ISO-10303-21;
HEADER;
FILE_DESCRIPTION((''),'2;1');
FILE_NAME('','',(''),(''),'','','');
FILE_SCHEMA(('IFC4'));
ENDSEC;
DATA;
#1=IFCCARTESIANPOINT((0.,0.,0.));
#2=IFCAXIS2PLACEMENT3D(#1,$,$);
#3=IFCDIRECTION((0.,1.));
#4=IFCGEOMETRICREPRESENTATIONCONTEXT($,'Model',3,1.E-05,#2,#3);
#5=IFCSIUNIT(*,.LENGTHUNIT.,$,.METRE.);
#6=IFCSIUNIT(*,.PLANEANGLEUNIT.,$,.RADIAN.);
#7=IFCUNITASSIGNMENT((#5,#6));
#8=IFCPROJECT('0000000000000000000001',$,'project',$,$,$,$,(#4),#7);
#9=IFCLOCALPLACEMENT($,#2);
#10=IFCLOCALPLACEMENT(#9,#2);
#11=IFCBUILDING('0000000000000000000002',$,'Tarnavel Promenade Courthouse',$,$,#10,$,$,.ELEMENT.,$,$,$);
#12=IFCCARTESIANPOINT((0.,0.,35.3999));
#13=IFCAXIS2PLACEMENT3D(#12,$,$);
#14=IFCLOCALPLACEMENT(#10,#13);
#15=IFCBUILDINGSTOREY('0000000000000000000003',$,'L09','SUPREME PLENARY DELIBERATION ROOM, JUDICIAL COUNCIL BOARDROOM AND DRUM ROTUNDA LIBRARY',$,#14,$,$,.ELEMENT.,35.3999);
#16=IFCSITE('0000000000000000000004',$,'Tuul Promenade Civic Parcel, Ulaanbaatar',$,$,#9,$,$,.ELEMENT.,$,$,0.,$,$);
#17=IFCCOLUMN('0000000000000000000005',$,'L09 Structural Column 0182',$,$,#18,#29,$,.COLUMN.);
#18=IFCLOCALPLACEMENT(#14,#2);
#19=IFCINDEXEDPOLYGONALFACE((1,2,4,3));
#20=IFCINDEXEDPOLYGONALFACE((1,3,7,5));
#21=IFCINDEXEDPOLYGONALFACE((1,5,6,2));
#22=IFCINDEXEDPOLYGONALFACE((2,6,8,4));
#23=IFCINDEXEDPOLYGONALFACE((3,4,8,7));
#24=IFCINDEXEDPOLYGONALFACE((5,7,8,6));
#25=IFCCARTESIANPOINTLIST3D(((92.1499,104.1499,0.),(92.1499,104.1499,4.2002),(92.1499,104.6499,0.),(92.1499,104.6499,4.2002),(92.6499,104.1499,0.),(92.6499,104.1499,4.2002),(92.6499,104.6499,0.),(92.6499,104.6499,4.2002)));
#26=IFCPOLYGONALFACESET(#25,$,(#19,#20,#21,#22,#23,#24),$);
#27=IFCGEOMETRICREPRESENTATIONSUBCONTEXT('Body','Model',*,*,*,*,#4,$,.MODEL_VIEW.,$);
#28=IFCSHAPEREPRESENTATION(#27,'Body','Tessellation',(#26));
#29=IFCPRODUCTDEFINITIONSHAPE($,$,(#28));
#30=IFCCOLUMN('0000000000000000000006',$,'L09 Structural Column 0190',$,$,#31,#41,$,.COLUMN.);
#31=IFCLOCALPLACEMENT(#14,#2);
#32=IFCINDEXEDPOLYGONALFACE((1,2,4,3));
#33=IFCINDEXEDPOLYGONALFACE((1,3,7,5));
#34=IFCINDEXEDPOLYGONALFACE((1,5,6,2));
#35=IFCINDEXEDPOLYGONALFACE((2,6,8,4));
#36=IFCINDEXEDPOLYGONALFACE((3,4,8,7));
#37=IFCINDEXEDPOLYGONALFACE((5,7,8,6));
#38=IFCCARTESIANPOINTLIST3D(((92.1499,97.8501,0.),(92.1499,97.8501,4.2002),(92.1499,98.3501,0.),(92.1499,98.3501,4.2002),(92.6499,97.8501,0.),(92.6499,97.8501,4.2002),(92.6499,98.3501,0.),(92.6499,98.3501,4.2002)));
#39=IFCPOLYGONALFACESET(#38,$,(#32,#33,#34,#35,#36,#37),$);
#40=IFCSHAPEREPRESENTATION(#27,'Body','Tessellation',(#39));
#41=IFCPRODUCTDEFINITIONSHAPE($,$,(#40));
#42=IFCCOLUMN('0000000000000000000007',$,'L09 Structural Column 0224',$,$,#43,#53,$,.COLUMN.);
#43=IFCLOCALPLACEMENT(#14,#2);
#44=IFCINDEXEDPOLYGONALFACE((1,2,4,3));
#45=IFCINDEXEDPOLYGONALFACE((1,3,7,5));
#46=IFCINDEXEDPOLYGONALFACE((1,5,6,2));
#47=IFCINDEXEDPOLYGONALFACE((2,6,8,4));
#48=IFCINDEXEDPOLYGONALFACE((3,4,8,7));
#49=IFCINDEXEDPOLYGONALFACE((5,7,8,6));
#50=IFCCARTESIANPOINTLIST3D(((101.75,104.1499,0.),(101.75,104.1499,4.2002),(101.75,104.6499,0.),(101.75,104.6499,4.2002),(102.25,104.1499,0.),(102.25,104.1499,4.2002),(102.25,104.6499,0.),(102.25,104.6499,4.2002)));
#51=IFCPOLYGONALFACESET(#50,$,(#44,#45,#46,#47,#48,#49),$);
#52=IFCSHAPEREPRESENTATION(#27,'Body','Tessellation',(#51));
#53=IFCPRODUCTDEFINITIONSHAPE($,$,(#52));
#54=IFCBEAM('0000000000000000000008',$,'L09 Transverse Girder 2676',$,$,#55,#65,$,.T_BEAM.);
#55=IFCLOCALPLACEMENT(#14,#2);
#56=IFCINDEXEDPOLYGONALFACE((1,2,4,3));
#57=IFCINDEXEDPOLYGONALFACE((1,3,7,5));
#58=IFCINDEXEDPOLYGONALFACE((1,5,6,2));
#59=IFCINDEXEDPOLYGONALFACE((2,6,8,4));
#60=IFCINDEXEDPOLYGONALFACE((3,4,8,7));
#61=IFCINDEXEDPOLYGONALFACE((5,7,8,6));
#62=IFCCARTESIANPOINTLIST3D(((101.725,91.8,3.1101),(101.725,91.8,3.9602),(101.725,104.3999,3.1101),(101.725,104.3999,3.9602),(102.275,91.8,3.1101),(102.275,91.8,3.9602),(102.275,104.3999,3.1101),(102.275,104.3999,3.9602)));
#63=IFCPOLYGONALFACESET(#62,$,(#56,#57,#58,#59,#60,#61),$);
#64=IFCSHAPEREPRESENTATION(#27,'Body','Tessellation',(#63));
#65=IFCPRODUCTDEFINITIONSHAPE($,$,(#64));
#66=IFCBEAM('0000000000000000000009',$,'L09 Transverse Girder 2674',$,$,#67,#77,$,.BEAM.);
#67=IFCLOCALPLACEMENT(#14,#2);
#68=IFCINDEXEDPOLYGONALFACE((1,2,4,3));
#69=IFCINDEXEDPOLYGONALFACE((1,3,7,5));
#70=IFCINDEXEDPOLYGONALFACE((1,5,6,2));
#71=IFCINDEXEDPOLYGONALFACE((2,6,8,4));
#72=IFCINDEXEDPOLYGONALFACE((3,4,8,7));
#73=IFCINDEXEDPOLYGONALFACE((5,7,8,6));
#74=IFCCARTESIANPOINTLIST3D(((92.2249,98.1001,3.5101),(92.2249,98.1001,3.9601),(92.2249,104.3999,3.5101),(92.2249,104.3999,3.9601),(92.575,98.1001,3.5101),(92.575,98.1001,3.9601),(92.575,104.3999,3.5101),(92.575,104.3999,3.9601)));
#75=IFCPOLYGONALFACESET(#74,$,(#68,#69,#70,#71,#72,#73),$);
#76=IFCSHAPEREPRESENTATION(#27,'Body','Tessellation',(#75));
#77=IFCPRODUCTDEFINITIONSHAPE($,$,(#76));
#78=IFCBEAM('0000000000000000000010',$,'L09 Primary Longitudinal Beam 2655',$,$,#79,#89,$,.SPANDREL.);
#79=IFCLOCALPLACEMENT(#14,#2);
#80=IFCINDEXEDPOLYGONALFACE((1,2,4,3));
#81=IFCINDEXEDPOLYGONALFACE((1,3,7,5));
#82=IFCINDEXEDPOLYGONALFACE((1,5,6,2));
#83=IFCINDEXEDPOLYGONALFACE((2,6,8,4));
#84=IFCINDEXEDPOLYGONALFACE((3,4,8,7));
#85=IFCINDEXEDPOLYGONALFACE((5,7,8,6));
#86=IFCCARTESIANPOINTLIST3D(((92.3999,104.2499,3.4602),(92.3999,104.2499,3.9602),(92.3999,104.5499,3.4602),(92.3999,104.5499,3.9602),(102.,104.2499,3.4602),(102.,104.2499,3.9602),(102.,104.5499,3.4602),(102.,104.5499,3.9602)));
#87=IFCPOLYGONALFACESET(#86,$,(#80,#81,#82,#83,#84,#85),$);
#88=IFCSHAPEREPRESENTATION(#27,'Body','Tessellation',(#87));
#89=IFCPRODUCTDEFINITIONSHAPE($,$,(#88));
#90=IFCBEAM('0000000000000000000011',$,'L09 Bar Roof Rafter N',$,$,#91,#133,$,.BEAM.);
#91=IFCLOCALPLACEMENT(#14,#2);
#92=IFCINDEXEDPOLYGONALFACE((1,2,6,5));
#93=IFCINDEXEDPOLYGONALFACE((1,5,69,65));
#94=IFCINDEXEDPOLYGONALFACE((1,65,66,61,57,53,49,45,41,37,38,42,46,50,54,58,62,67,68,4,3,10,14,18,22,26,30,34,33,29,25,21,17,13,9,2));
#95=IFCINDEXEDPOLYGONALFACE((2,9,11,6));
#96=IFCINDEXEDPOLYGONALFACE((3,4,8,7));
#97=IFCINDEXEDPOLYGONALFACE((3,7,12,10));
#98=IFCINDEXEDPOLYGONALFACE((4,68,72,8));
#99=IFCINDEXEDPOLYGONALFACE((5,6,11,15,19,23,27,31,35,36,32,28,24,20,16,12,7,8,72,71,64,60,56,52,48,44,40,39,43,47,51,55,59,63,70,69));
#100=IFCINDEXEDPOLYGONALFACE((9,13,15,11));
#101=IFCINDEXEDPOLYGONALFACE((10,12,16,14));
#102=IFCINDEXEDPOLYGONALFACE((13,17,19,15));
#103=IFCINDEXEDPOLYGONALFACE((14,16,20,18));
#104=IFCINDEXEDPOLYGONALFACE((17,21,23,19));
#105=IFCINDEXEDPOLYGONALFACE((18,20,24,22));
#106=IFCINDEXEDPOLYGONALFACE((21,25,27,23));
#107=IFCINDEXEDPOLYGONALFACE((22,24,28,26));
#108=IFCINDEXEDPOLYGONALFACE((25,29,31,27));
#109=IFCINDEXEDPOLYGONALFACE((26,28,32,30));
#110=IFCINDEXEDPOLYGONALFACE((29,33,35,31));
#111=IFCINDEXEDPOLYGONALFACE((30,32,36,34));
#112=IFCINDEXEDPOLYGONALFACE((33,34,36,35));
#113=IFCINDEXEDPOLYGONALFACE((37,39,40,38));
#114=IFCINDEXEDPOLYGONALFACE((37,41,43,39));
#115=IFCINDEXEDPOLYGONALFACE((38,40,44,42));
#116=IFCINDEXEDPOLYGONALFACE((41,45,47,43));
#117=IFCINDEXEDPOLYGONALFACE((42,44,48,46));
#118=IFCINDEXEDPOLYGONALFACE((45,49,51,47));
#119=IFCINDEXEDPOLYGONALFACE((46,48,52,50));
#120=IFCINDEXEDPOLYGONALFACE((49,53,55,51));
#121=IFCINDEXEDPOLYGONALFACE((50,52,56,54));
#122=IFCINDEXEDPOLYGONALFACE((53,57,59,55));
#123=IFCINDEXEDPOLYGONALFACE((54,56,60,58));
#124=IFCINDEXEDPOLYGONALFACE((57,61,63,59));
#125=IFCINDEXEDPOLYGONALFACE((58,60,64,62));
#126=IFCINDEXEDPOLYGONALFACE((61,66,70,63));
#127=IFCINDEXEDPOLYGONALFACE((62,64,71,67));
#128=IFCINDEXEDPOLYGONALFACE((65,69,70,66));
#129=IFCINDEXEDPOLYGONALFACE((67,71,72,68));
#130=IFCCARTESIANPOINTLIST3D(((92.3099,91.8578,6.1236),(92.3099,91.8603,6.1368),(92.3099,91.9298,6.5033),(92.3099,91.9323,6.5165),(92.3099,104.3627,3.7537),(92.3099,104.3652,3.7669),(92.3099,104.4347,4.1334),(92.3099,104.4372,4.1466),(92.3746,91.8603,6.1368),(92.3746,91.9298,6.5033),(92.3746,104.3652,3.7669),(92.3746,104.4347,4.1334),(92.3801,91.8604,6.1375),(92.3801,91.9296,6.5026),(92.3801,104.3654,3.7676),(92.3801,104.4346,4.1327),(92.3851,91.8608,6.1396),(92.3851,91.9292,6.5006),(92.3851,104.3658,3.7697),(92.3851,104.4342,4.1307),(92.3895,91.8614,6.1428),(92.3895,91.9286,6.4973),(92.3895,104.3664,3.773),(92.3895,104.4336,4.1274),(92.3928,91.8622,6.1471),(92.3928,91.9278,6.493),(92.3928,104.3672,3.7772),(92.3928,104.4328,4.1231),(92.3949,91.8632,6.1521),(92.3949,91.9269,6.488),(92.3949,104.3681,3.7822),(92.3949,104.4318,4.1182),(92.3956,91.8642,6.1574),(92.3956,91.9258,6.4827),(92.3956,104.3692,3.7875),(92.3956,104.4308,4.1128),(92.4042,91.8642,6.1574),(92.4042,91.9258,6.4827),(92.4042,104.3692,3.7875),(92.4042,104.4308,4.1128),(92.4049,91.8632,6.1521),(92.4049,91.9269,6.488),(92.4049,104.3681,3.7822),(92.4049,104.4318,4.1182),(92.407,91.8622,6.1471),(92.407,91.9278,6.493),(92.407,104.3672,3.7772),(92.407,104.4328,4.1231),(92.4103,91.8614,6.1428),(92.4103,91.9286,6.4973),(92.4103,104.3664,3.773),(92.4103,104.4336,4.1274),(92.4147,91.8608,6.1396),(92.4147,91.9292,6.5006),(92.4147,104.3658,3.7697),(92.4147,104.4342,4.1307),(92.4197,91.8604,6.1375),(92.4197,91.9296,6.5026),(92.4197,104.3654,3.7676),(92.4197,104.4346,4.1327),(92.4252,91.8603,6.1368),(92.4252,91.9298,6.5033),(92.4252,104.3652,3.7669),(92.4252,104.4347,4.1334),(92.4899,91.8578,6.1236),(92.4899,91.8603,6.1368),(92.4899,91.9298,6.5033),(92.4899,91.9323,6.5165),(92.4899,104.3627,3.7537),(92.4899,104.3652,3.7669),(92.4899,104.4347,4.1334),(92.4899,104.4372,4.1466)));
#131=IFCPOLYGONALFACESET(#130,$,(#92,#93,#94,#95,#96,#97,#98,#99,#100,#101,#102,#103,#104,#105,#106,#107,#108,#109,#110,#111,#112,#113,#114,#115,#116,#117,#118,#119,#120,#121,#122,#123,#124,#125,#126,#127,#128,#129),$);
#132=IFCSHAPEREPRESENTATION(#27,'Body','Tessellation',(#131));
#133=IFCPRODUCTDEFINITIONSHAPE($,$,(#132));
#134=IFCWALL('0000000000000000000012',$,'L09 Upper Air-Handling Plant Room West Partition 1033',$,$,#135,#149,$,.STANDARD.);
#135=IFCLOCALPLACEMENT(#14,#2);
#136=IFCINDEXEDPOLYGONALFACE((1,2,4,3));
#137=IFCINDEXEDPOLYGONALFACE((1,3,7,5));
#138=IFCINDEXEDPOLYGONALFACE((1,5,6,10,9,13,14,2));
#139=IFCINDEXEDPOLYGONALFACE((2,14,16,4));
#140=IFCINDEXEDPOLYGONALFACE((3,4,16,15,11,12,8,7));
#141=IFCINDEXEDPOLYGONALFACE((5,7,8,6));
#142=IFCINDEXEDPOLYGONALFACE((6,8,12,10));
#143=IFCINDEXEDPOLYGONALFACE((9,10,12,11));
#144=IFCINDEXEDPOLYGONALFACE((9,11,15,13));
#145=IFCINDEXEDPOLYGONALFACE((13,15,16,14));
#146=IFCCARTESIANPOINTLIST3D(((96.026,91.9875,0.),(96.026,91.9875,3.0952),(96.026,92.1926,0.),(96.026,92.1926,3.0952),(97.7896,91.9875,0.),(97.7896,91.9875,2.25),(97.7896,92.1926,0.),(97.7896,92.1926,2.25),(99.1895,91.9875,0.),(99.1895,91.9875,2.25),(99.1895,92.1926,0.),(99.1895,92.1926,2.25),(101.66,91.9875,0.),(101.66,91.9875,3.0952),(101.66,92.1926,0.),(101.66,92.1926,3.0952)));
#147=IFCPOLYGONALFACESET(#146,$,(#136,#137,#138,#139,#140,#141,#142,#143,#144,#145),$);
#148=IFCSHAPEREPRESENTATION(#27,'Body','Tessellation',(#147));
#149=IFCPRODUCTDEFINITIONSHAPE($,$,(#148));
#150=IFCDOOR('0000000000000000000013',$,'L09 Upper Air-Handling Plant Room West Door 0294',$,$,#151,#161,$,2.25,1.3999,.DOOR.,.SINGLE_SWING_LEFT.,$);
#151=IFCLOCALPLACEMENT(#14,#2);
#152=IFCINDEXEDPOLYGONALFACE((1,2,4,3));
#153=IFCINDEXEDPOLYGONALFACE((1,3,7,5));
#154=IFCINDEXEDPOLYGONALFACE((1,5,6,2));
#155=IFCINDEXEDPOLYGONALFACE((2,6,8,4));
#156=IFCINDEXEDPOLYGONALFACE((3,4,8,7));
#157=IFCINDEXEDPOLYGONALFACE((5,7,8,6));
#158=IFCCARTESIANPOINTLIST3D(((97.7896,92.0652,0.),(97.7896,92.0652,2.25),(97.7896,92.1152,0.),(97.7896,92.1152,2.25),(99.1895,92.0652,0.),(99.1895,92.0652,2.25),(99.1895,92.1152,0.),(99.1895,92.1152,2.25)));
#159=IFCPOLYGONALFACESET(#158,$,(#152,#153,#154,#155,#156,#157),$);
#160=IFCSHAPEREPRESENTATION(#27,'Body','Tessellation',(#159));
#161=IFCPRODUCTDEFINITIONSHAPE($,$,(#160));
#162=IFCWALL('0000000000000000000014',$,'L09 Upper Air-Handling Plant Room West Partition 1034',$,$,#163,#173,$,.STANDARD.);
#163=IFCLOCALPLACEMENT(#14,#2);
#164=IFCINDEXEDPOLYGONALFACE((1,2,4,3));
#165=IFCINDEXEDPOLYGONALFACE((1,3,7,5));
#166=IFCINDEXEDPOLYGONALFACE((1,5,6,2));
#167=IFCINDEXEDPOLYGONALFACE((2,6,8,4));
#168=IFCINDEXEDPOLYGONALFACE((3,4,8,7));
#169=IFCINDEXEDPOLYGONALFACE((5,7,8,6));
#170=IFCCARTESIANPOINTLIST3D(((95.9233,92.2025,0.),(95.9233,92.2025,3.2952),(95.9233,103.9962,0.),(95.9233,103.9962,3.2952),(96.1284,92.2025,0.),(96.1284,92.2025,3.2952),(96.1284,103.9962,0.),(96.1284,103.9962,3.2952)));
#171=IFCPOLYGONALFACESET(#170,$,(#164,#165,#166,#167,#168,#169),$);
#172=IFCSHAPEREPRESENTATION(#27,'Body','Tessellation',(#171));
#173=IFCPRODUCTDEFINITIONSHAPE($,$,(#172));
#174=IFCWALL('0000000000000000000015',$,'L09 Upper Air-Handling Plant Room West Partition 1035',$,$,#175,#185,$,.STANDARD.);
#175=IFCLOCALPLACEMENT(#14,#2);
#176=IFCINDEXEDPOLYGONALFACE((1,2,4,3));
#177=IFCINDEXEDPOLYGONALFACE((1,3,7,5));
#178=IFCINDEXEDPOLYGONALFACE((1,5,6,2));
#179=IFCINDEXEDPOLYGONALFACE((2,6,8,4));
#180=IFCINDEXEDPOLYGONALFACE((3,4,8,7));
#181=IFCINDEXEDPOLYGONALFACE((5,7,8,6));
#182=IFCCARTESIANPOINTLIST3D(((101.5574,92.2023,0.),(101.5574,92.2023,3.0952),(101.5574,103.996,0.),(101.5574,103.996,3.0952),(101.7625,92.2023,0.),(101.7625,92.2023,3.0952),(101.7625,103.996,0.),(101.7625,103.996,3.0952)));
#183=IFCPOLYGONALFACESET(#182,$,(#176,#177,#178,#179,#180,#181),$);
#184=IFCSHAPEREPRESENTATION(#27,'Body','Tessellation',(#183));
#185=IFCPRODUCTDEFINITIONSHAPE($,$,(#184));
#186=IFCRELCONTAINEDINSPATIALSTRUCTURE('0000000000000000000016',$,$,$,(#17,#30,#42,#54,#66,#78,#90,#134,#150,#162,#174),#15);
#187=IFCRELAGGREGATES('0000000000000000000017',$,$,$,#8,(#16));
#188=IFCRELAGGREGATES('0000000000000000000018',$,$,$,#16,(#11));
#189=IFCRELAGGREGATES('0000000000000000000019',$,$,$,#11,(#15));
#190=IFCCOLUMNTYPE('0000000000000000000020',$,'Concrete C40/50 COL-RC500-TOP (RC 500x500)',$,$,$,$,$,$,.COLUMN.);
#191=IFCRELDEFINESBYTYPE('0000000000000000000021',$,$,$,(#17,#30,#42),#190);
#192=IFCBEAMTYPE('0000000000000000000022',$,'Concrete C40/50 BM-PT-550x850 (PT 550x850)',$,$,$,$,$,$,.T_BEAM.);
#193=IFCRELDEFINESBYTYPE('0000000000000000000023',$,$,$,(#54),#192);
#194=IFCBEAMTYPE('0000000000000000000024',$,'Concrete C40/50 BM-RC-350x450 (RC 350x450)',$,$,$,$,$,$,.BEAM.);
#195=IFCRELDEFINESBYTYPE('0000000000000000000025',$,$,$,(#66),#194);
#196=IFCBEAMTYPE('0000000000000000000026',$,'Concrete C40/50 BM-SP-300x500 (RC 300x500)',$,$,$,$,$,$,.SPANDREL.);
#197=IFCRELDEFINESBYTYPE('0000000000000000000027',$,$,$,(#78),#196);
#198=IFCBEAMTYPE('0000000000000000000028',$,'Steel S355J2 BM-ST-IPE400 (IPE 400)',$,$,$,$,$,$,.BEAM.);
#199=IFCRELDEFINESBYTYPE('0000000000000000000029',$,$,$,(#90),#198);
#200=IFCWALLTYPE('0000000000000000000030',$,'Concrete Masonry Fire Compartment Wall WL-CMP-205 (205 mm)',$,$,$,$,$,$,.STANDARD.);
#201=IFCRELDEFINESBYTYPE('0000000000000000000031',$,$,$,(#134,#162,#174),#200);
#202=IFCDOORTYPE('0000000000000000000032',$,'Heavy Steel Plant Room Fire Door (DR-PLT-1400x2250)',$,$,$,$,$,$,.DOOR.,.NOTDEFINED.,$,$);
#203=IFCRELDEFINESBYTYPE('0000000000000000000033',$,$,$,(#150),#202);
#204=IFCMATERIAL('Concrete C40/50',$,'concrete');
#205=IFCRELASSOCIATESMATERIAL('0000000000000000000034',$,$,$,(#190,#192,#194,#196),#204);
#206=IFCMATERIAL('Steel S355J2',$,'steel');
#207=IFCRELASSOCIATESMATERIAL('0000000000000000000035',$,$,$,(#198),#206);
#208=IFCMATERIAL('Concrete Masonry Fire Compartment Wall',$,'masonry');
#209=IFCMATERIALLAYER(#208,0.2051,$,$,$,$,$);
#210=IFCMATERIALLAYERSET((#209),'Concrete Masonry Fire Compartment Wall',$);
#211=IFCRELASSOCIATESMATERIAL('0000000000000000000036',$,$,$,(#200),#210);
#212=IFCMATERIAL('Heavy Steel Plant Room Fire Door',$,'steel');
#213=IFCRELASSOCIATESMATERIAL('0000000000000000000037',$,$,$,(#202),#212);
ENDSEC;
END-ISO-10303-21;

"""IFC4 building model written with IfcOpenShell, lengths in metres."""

from ifc_helpers import new_model, si_unit, direction, frame, frame_2d, origin, origin_2d, place, context, subcontext, project, spatial, rectangle, i_section, extrude, material, layer, layer_set, material_profile, profile_set, type_object, element, fill, save


model = new_model("IFC4")

# Units and contexts
model_context = context("Model", 3, precision=1e-05, world=origin(), true_north=direction((0.0, 1.0)))
body_context = subcontext(model_context, "Body", "Model", "MODEL_VIEW")
ifc_project = project(units=[si_unit("LENGTHUNIT", "METRE"), si_unit("PLANEANGLEUNIT", "RADIAN")], contexts=[model_context])

# Site, building, storey
site_placement = place(None, origin())
site = spatial("IfcSite", under=ifc_project, at=site_placement, Name="Tuul Promenade Civic Parcel, Ulaanbaatar", CompositionType="ELEMENT", RefElevation=0.0)
building_placement = place(site_placement, origin())
building = spatial("IfcBuilding", under=site, at=building_placement, Name="Tarnavel Promenade Courthouse", CompositionType="ELEMENT")
storey_placement = place(building_placement, frame((0.0, 0.0, 35.3999)))
storey = spatial("IfcBuildingStorey", under=building, at=storey_placement, Name="L09", Description="SUPREME PLENARY DELIBERATION ROOM, JUDICIAL COUNCIL BOARDROOM AND DRUM ROTUNDA LIBRARY", CompositionType="ELEMENT", Elevation=35.3999)

# Columns
ifc_material_1 = material(Name="Concrete C40/50", Category="concrete")
ifc_material_profile_1 = material_profile(ifc_material_1, rectangle(XDim=0.5, YDim=0.5, at=origin_2d()), Name="RC 500x500")
ifc_profile_set_1 = profile_set([ifc_material_profile_1], Name="Concrete C40/50")
column_type = type_object("IfcColumnType", Name="Concrete C40/50 COL-RC500-TOP (RC 500x500)", PredefinedType="COLUMN", material=ifc_profile_set_1)
for number, where, z_axis, x_axis, name in (
    (1, (92.3999, 104.3999, 0.0), (0.0, 0.0, 1.0), (1.0, 0.0, 0.0), "L09 Structural Column 0182"),
    (2, (92.3999, 98.1001, 0.0), (0.0, 0.0, 1.0), (1.0, 0.0, 0.0), "L09 Structural Column 0190"),
    (3, (102.0, 104.3999, 0.0), (0.0, 0.0, 1.0), (1.0, 0.0, 0.0), "L09 Structural Column 0224"),
):
    element("IfcColumn", number, at=place(storey_placement, frame(where, z_axis=z_axis, x_axis=x_axis)), inside=storey, type_object=column_type, Name=name, PredefinedType="COLUMN", context=body_context, shape_type="SweptSolid", body=[
        extrude(rectangle(XDim=0.5, YDim=0.5, at=origin_2d()), origin(), (0.0, 0.0, 1.0), 4.2002),
    ])

# Beams
ifc_material_profile_2 = material_profile(ifc_material_1, rectangle(XDim=0.55, YDim=0.8501, at=origin_2d()), Name="PT 550x850")
ifc_profile_set_2 = profile_set([ifc_material_profile_2], Name="Concrete C40/50")
beam_type_1 = type_object("IfcBeamType", Name="Concrete C40/50 BM-PT-550x850 (PT 550x850)", PredefinedType="T_BEAM", material=ifc_profile_set_2)
beam_1_placement = place(storey_placement, frame((102.0, 91.8, 3.5352), z_axis=(0.0, 1.0, 0.0), x_axis=(-1.0, 0.0, 0.0)))
element("IfcBeam", 4, at=beam_1_placement, inside=storey, type_object=beam_type_1, Name="L09 Transverse Girder 2676", PredefinedType="T_BEAM", context=body_context, shape_type="SweptSolid", body=[
    extrude(rectangle(XDim=0.55, YDim=0.8501, at=origin_2d()), origin(), (0.0, 0.0, 1.0), 12.5999),
])
ifc_material_profile_3 = material_profile(ifc_material_1, rectangle(XDim=0.3501, YDim=0.45, at=origin_2d()), Name="RC 350x450")
ifc_profile_set_3 = profile_set([ifc_material_profile_3], Name="Concrete C40/50")
beam_type_2 = type_object("IfcBeamType", Name="Concrete C40/50 BM-RC-350x450 (RC 350x450)", PredefinedType="BEAM", material=ifc_profile_set_3)
beam_2_placement = place(storey_placement, frame((92.3999, 98.1001, 3.7351), z_axis=(0.0, 1.0, 0.0), x_axis=(-1.0, 0.0, 0.0)))
element("IfcBeam", 5, at=beam_2_placement, inside=storey, type_object=beam_type_2, Name="L09 Transverse Girder 2674", PredefinedType="BEAM", context=body_context, shape_type="SweptSolid", body=[
    extrude(rectangle(XDim=0.3501, YDim=0.45, at=origin_2d()), origin(), (0.0, 0.0, 1.0), 6.2998),
])
ifc_material_profile_4 = material_profile(ifc_material_1, rectangle(XDim=0.3, YDim=0.5, at=origin_2d()), Name="RC 300x500")
ifc_profile_set_4 = profile_set([ifc_material_profile_4], Name="Concrete C40/50")
beam_type_3 = type_object("IfcBeamType", Name="Concrete C40/50 BM-SP-300x500 (RC 300x500)", PredefinedType="SPANDREL", material=ifc_profile_set_4)
beam_3_placement = place(storey_placement, frame((92.3999, 104.3999, 3.7102), z_axis=(1.0, 0.0, 0.0), x_axis=(0.0, 1.0, 0.0)))
element("IfcBeam", 6, at=beam_3_placement, inside=storey, type_object=beam_type_3, Name="L09 Primary Longitudinal Beam 2655", PredefinedType="SPANDREL", context=body_context, shape_type="SweptSolid", body=[
    extrude(rectangle(XDim=0.3, YDim=0.5, at=origin_2d()), origin(), (0.0, 0.0, 1.0), 9.6001),
])
ifc_material_2 = material(Name="Steel S355J2", Category="steel")
ifc_material_profile_5 = material_profile(ifc_material_2, i_section(OverallWidth=0.1799, OverallDepth=0.3999, WebThickness=0.0085, FlangeThickness=0.0134, FilletRadius=0.021, at=origin_2d()), Name="IPE 400")
ifc_profile_set_5 = profile_set([ifc_material_profile_5], Name="Steel S355J2")
beam_type_4 = type_object("IfcBeamType", Name="Steel S355J2 BM-ST-IPE400 (IPE 400)", PredefinedType="BEAM", material=ifc_profile_set_5)
beam_4_placement = place(storey_placement, frame((92.3999, 91.895, 6.3201), z_axis=(0.0, 0.982512, -0.186201), x_axis=(-1.0, 0.0, 0.0)))
element("IfcBeam", 7, at=beam_4_placement, inside=storey, type_object=beam_type_4, Name="L09 Bar Roof Rafter N", PredefinedType="BEAM", context=body_context, shape_type="SweptSolid", body=[
    extrude(i_section(OverallWidth=0.1799, OverallDepth=0.3999, WebThickness=0.0085, FlangeThickness=0.0134, FilletRadius=0.021, at=origin_2d()), origin(), (0.0, 0.0, 1.0), 12.7275),
])

# Wall, opening, door
ifc_material_3 = material(Name="Concrete Masonry Fire Compartment Wall", Category="masonry")
ifc_layer_1 = layer(ifc_material_3, 0.2051)
ifc_layer_set_1 = layer_set([ifc_layer_1], Name="Concrete Masonry Fire Compartment Wall")
wall_type_1 = type_object("IfcWallType", Name="Concrete Masonry Fire Compartment Wall WL-CMP-205 (205 mm)", PredefinedType="STANDARD", material=ifc_layer_set_1)
wall_1_placement = place(storey_placement, frame((101.6599, 92.0901, 0.0), z_axis=(0.0, 0.0, 1.0), x_axis=(-1.0, 0.0, 0.0)))
wall_1 = element("IfcWall", 8, at=wall_1_placement, inside=storey, type_object=wall_type_1, Name="L09 Upper Air-Handling Plant Room West Partition 1033", PredefinedType="STANDARD", context=body_context, shape_type="SweptSolid", body=[
    extrude(rectangle(XDim=5.634, YDim=0.2051, at=frame_2d((2.8169, 0.0))), origin(), (0.0, 0.0, 1.0), 3.0952),
])
opening_1_placement = place(wall_1_placement, frame((2.4705, 0.0, 0.0)))
opening_1 = element("IfcOpeningElement", 9, at=opening_1_placement, cuts=wall_1, PredefinedType="OPENING", context=body_context, shape_type="SweptSolid", body=[
    extrude(rectangle(XDim=1.3999, YDim=2.25, at=frame_2d((0.7, 1.125))), frame((0.0, 0.1125, 0.0), z_axis=(0.0, -1.0, 0.0), x_axis=(1.0, 0.0, 0.0)), (0.0, 0.0, 1.0), 0.2251),
])
ifc_material_4 = material(Name="Heavy Steel Plant Room Fire Door", Category="steel")
door_type_1 = type_object("IfcDoorType", Name="Heavy Steel Plant Room Fire Door (DR-PLT-1400x2250)", OperationType="NOTDEFINED", PredefinedType="DOOR", material=ifc_material_4)
door_1_placement = place(opening_1_placement, origin())
door_1 = element("IfcDoor", 10, at=door_1_placement, inside=storey, type_object=door_type_1, Name="L09 Upper Air-Handling Plant Room West Door 0294", OperationType="SINGLE_SWING_LEFT", OverallHeight=2.25, OverallWidth=1.3999, PredefinedType="DOOR", context=body_context, shape_type="SweptSolid", body=[
    extrude(rectangle(XDim=1.3999, YDim=2.25, at=frame_2d((0.7, 1.125))), frame((0.0, 0.0249, 0.0), z_axis=(0.0, -1.0, 0.0), x_axis=(1.0, 0.0, 0.0)), (0.0, 0.0, 1.0), 0.05),
])
fill(opening_1, door_1)

# Walls
wall_2_placement = place(storey_placement, frame((96.0259, 92.2024, 0.0), z_axis=(0.0, 0.0, 1.0), x_axis=(0.0, 1.0, 0.0)))
element("IfcWall", 11, at=wall_2_placement, inside=storey, type_object=wall_type_1, Name="L09 Upper Air-Handling Plant Room West Partition 1034", PredefinedType="STANDARD", context=body_context, shape_type="SweptSolid", body=[
    extrude(rectangle(XDim=11.7937, YDim=0.2051, at=frame_2d((5.897, 0.0))), origin(), (0.0, 0.0, 1.0), 3.2952),
])
wall_3_placement = place(storey_placement, frame((101.6599, 103.9961, 0.0), z_axis=(0.0, 0.0, 1.0), x_axis=(0.0, -1.0, 0.0)))
element("IfcWall", 12, at=wall_3_placement, inside=storey, type_object=wall_type_1, Name="L09 Upper Air-Handling Plant Room West Partition 1035", PredefinedType="STANDARD", context=body_context, shape_type="SweptSolid", body=[
    extrude(rectangle(XDim=11.7937, YDim=0.2051, at=frame_2d((5.897, 0.0))), origin(), (0.0, 0.0, 1.0), 3.0952),
])

save(model, "model.ifc")
